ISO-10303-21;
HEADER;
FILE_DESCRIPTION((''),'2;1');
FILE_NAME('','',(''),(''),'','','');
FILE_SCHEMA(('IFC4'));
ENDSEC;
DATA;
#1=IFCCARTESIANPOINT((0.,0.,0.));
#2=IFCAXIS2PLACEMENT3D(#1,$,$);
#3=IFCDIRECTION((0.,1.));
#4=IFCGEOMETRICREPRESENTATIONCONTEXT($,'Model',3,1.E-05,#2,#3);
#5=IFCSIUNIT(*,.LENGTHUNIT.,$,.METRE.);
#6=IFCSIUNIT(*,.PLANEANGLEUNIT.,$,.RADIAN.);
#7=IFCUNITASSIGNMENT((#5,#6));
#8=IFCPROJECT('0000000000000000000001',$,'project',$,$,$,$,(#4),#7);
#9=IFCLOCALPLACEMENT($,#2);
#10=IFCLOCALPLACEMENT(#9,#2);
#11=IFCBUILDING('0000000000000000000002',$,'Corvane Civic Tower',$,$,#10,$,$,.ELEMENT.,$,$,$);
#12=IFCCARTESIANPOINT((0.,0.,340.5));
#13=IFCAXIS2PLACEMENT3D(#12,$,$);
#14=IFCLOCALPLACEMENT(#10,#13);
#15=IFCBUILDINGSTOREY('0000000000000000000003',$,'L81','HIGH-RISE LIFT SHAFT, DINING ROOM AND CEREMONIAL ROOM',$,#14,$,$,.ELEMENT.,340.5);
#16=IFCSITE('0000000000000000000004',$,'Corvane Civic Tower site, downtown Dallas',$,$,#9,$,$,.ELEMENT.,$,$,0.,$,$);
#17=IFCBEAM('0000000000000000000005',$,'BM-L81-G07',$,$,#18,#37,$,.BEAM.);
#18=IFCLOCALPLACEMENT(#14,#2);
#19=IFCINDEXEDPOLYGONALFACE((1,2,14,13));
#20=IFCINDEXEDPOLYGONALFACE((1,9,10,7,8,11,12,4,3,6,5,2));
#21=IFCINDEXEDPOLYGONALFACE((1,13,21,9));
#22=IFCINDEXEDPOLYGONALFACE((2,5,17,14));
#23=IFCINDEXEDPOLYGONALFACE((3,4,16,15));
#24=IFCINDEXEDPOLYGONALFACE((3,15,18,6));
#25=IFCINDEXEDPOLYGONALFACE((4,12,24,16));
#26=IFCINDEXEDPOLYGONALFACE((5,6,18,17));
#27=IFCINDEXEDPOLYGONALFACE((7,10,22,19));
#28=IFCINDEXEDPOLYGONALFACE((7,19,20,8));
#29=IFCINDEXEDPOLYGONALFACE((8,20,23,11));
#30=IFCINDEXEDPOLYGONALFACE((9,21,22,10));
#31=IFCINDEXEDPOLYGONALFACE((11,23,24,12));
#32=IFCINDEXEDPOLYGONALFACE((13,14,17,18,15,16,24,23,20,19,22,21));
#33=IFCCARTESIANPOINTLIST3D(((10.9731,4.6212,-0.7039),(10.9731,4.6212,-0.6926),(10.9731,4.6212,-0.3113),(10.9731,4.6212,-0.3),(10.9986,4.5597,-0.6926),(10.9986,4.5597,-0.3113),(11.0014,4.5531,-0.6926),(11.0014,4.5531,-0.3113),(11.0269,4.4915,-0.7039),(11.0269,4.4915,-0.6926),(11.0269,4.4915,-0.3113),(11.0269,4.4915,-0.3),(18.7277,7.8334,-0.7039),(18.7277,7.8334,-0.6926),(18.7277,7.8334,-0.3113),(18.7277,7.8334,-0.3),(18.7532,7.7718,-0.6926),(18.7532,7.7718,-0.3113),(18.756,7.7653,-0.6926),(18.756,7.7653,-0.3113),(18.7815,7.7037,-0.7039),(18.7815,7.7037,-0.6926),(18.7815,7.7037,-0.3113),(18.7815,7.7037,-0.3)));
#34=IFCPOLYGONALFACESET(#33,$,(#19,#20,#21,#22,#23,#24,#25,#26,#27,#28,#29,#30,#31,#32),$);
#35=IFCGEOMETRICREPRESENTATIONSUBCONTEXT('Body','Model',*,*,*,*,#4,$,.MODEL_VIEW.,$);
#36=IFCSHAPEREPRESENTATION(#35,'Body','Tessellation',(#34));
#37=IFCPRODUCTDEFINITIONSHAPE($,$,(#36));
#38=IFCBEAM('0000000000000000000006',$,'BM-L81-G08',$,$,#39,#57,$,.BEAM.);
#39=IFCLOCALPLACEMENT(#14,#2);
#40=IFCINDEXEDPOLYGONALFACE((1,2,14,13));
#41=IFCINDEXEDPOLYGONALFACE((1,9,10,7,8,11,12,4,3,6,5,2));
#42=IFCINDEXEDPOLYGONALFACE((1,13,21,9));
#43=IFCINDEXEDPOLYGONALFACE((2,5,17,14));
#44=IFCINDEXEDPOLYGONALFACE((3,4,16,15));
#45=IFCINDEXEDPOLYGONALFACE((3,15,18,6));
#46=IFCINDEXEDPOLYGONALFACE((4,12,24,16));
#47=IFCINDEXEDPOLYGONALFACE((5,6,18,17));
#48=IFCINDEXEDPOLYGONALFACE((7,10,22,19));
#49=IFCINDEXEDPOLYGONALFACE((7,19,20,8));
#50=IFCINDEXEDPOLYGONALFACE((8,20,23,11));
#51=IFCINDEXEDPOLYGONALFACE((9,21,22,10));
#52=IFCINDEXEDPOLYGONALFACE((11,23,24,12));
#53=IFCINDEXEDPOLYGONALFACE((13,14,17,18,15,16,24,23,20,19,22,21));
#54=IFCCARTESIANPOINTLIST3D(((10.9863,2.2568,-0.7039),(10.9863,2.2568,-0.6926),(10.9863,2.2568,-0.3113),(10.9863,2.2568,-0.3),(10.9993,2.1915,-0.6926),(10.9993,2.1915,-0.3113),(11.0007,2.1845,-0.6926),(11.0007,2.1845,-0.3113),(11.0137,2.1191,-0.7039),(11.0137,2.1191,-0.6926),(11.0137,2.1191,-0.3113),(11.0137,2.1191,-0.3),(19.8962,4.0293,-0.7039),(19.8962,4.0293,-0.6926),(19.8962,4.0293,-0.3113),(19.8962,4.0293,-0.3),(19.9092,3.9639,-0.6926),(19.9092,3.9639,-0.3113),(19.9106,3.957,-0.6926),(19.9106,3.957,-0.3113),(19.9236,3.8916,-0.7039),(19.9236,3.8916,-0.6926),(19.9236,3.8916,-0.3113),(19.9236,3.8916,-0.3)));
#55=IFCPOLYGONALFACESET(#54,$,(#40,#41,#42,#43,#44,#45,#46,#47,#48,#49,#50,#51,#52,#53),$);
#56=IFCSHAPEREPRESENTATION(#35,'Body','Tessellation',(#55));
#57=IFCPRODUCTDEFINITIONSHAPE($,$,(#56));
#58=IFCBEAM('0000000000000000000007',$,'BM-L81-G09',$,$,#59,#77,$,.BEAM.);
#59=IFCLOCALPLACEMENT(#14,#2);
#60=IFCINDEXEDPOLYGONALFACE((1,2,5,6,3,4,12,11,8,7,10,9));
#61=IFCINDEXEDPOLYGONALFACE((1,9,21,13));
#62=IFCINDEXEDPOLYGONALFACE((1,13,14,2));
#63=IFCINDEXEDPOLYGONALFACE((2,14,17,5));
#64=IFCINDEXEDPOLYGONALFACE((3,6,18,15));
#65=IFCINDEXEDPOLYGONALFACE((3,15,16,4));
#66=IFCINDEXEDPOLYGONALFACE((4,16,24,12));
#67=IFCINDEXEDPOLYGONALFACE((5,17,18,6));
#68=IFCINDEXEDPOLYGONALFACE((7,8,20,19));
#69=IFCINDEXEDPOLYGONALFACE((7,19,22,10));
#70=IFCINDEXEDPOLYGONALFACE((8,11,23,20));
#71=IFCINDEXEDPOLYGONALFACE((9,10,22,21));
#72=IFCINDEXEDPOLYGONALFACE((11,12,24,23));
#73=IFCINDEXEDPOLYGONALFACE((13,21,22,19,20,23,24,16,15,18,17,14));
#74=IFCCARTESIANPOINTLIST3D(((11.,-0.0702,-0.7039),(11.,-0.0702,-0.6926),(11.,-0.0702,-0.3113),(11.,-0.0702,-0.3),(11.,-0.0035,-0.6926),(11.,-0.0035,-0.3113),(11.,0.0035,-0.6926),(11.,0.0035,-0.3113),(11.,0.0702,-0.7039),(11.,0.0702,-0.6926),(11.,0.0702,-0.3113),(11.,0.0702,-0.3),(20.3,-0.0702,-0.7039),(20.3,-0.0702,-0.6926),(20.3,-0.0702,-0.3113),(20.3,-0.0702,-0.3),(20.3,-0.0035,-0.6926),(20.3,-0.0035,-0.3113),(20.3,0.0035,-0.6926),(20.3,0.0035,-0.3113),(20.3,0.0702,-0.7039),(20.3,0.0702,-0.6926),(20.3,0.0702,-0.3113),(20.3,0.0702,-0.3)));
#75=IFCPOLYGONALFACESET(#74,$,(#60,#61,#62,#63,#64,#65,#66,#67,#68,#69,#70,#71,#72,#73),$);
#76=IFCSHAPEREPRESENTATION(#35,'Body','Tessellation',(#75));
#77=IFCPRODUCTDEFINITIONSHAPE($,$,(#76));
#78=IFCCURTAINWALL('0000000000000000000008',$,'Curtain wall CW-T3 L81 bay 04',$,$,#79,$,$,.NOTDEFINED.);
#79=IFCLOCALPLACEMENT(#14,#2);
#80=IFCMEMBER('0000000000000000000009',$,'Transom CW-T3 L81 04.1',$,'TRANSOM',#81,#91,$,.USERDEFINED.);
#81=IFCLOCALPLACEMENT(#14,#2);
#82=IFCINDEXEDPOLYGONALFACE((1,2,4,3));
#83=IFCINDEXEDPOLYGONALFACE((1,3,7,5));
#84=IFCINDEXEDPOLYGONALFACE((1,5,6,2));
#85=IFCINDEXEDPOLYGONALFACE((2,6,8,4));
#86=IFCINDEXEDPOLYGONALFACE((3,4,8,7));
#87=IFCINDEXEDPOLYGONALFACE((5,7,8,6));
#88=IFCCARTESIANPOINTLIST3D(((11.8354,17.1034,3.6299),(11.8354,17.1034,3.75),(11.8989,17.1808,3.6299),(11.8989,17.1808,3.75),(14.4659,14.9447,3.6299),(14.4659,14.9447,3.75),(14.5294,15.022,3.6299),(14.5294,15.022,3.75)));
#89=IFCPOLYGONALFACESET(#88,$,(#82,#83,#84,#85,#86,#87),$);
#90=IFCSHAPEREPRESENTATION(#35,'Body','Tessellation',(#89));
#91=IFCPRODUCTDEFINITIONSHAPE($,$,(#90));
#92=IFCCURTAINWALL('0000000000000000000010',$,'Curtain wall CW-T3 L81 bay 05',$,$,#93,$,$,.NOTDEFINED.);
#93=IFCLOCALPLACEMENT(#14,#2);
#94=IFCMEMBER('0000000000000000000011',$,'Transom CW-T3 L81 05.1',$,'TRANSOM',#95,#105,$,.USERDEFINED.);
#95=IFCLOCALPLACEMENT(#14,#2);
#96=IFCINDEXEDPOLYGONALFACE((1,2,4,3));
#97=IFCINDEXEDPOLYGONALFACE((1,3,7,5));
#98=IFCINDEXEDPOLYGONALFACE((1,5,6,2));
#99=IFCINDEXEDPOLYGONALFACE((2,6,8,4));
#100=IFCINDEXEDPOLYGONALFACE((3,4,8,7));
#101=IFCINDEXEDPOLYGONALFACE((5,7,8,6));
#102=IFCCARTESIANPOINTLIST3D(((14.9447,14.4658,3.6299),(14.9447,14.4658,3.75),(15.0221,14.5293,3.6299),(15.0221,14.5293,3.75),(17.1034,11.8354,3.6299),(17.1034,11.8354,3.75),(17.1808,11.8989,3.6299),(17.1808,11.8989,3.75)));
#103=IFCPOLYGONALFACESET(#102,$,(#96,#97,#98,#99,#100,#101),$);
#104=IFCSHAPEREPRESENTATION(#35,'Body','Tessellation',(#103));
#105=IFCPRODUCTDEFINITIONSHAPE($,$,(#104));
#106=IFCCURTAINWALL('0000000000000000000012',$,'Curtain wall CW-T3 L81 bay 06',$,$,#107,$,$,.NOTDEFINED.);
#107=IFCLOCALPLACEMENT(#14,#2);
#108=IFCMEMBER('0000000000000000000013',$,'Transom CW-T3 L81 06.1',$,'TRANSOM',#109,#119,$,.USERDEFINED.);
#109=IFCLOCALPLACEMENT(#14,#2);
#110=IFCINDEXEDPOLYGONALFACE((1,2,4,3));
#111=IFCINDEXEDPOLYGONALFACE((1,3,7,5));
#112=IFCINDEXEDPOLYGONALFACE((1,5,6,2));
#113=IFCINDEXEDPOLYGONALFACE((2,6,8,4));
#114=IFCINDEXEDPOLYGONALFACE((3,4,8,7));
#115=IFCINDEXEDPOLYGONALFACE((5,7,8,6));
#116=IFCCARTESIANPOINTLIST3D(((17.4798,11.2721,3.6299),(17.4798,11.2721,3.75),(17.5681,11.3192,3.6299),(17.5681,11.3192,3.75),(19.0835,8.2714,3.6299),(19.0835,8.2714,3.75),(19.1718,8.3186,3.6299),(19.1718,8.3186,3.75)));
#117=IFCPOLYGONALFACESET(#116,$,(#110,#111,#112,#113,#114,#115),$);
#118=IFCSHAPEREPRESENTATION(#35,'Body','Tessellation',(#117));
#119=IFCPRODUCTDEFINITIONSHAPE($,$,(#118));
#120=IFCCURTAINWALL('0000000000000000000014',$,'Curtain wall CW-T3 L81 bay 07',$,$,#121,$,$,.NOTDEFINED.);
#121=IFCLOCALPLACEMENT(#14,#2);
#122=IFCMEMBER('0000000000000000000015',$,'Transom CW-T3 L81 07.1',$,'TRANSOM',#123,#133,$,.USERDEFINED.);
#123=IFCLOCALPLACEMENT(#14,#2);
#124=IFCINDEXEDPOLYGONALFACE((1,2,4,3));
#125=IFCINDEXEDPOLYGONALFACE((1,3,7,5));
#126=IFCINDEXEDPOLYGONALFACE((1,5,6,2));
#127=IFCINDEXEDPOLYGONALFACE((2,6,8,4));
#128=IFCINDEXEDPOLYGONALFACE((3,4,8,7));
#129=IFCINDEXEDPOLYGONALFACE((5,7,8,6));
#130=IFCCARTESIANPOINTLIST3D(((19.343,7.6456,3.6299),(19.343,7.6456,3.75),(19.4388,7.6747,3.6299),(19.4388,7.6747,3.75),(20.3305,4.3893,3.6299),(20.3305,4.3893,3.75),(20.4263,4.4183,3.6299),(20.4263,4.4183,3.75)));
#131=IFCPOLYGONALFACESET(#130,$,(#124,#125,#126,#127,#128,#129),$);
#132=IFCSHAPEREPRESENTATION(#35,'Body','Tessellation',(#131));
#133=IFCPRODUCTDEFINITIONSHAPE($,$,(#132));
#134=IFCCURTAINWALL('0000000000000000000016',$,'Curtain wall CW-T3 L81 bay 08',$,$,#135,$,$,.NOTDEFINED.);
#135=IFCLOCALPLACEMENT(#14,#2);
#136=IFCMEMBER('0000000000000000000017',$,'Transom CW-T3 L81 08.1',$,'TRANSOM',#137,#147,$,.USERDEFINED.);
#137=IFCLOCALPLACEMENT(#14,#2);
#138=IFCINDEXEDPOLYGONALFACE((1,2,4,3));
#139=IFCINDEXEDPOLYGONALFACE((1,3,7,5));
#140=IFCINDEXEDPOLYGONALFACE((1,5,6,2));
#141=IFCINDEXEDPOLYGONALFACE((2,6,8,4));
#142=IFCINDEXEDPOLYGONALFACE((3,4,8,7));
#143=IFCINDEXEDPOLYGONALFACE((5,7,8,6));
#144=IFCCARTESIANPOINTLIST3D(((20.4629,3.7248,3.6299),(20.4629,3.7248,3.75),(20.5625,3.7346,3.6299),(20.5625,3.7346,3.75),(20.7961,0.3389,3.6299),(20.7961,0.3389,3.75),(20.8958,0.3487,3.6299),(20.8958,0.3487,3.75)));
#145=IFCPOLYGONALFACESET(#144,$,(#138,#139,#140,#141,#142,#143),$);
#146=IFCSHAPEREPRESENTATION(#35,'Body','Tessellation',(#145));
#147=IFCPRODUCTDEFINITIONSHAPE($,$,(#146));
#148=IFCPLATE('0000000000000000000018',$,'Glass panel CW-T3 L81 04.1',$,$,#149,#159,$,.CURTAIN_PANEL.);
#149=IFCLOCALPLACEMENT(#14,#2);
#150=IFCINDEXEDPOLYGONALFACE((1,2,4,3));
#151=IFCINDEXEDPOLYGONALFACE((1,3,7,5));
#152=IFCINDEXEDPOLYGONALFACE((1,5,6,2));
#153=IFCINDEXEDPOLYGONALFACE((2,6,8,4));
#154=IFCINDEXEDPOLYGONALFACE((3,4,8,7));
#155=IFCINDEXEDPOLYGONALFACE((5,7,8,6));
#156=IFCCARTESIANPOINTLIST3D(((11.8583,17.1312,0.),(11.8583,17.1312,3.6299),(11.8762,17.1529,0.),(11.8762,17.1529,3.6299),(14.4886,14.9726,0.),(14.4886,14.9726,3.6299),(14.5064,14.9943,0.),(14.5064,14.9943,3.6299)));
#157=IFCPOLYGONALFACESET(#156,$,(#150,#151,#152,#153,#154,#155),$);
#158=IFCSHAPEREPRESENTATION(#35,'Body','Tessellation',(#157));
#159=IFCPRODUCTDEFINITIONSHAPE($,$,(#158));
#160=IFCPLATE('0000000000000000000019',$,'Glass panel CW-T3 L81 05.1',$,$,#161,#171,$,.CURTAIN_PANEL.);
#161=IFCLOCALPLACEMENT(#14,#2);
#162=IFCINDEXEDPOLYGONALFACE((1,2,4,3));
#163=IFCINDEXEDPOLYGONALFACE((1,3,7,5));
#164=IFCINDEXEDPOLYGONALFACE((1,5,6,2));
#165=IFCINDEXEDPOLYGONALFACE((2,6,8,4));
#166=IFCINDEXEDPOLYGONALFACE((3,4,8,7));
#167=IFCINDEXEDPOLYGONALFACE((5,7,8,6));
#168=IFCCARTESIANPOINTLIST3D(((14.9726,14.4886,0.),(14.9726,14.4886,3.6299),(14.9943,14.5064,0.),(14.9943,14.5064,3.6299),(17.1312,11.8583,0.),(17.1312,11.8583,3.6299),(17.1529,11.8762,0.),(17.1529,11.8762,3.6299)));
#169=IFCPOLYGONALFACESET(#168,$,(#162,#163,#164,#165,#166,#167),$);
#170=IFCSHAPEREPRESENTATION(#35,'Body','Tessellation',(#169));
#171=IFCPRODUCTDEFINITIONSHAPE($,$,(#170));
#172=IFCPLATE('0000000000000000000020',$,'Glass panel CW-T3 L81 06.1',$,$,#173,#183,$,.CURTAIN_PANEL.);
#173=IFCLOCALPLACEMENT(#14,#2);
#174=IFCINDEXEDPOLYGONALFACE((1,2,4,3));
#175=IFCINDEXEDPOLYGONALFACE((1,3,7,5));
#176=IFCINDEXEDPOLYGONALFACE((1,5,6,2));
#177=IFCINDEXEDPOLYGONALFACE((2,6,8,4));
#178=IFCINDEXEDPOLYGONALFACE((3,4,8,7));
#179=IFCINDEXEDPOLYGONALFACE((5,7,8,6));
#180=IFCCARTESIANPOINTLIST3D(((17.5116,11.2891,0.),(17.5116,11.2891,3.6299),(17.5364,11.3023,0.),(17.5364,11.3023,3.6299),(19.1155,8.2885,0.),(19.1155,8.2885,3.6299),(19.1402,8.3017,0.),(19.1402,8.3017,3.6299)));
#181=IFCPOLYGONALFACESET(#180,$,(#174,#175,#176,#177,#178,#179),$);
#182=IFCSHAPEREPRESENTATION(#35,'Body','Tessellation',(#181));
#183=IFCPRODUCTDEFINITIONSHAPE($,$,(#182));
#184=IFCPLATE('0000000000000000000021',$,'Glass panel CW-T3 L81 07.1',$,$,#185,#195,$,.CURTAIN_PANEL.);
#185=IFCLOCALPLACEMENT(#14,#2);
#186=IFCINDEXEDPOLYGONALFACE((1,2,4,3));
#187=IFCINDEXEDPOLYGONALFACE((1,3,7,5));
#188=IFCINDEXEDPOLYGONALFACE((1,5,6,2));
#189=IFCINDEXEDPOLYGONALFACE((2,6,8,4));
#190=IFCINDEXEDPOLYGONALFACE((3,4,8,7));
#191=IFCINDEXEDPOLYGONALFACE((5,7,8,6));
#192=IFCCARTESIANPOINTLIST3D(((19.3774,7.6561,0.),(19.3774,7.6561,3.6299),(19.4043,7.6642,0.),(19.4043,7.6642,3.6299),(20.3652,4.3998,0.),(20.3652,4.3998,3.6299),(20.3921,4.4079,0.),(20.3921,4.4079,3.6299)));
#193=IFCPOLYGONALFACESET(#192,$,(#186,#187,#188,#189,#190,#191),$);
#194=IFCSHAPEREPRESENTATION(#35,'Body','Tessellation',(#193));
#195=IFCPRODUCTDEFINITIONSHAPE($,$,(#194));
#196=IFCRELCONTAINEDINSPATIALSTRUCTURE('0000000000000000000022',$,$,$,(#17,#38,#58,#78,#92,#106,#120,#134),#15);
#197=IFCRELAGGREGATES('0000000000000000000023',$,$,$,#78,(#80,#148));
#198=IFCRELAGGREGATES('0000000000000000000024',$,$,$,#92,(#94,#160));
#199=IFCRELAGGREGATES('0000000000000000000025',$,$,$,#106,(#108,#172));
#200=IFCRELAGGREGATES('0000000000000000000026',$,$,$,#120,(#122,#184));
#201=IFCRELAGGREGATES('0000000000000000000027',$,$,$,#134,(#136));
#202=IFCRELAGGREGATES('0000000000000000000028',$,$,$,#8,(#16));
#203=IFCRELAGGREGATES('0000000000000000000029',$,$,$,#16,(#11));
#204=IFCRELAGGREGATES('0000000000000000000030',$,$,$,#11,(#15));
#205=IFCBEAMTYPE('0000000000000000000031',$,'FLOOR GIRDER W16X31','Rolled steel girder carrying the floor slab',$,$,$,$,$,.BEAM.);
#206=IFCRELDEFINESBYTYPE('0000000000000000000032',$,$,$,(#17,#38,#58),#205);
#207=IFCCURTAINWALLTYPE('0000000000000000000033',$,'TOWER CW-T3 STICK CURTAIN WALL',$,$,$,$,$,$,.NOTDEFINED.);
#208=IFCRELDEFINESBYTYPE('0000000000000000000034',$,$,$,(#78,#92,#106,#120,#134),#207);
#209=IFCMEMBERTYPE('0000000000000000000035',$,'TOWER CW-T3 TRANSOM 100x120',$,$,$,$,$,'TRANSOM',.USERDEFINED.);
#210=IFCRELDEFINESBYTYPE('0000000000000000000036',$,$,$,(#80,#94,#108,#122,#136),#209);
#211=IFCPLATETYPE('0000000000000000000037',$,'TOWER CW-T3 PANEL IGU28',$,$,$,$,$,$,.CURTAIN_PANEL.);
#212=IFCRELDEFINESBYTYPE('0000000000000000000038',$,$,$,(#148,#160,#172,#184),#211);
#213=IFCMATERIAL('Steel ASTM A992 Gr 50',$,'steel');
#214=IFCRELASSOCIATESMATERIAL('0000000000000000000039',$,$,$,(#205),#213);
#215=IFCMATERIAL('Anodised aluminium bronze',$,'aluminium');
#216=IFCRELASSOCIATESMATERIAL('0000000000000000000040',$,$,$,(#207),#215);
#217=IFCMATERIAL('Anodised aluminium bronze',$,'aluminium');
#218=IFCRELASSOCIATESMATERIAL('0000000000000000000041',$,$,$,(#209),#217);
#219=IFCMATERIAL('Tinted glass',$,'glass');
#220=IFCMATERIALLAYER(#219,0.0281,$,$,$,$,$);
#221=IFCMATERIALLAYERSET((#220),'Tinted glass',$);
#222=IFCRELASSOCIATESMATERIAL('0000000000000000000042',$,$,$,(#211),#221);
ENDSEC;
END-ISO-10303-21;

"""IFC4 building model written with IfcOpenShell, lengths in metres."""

from ifc_helpers import new_model, si_unit, direction, frame, origin, origin_2d, place, context, subcontext, project, spatial, rectangle, i_section, extrude, material, layer, layer_set, material_profile, profile_set, type_object, element, aggregate, save


model = new_model("IFC4")

# Units and contexts
model_context = context("Model", 3, precision=1e-05, world=origin(), true_north=direction((0.0, 1.0)))
body_context = subcontext(model_context, "Body", "Model", "MODEL_VIEW")
ifc_project = project(units=[si_unit("LENGTHUNIT", "METRE"), si_unit("PLANEANGLEUNIT", "RADIAN")], contexts=[model_context])

# Site, building, storey
site_placement = place(None, origin())
site = spatial("IfcSite", under=ifc_project, at=site_placement, Name="Corvane Civic Tower site, downtown Dallas", CompositionType="ELEMENT", RefElevation=0.0)
building_placement = place(site_placement, origin())
building = spatial("IfcBuilding", under=site, at=building_placement, Name="Corvane Civic Tower", CompositionType="ELEMENT")
storey_placement = place(building_placement, frame((0.0, 0.0, 340.5)))
storey = spatial("IfcBuildingStorey", under=building, at=storey_placement, Name="L81", Description="HIGH-RISE LIFT SHAFT, DINING ROOM AND CEREMONIAL ROOM", CompositionType="ELEMENT", Elevation=340.5)

# Beams
ifc_material_1 = material(Name="Steel ASTM A992 Gr 50", Category="steel")
ifc_material_profile_1 = material_profile(ifc_material_1, i_section(OverallWidth=0.1404, OverallDepth=0.4038, WebThickness=0.0071, FlangeThickness=0.0112, at=origin_2d()), Name="W16X31")
ifc_profile_set_1 = profile_set([ifc_material_profile_1], Name="Steel ASTM A992 Gr 50")
beam_type_1 = type_object("IfcBeamType", Name="FLOOR GIRDER W16X31", Description="Rolled steel girder carrying the floor slab", PredefinedType="BEAM", material=ifc_profile_set_1)
beam_1_placement = place(storey_placement, frame((11.0, 4.5564, -0.502), z_axis=(0.923876, 0.382692, 0.0), x_axis=(-0.382692, 0.923876, 0.0)))
element("IfcBeam", 1, at=beam_1_placement, inside=storey, type_object=beam_type_1, Name="BM-L81-G07", PredefinedType="BEAM", context=body_context, shape_type="SweptSolid", body=[
    extrude(i_section(OverallWidth=0.1404, OverallDepth=0.4038, WebThickness=0.0071, FlangeThickness=0.0112, at=origin_2d()), origin(), (0.0, 0.0, 1.0), 8.3936),
])
beam_2_placement = place(storey_placement, frame((11.0, 2.188, -0.502), z_axis=(0.980782, 0.195108, 0.0), x_axis=(-0.195108, 0.980782, 0.0)))
element("IfcBeam", 2, at=beam_2_placement, inside=storey, type_object=beam_type_1, Name="BM-L81-G08", PredefinedType="BEAM", context=body_context, shape_type="SweptSolid", body=[
    extrude(i_section(OverallWidth=0.1404, OverallDepth=0.4038, WebThickness=0.0071, FlangeThickness=0.0112, at=origin_2d()), origin(), (0.0, 0.0, 1.0), 9.0845),
])
beam_3_placement = place(storey_placement, frame((11.0, 0.0, -0.502), z_axis=(1.0, 0.0, 0.0), x_axis=(0.0, 1.0, 0.0)))
element("IfcBeam", 3, at=beam_3_placement, inside=storey, type_object=beam_type_1, Name="BM-L81-G09", PredefinedType="BEAM", context=body_context, shape_type="SweptSolid", body=[
    extrude(i_section(OverallWidth=0.1404, OverallDepth=0.4038, WebThickness=0.0071, FlangeThickness=0.0112, at=origin_2d()), origin(), (0.0, 0.0, 1.0), 9.3),
])

# Curtain walls, members
ifc_material_2 = material(Name="Anodised aluminium bronze", Category="aluminium")
curtain_wall_type = type_object("IfcCurtainWallType", Name="TOWER CW-T3 STICK CURTAIN WALL", PredefinedType="NOTDEFINED", material=ifc_material_2)
curtain_wall_1_placement = place(storey_placement, origin())
curtain_wall_1 = element("IfcCurtainWall", 4, at=curtain_wall_1_placement, inside=storey, type_object=curtain_wall_type, Name="Curtain wall CW-T3 L81 bay 04", PredefinedType="NOTDEFINED")
ifc_material_3 = material(Name="Anodised aluminium bronze", Category="aluminium")
ifc_material_profile_2 = material_profile(ifc_material_3, rectangle(XDim=0.1001, YDim=0.1201, at=origin_2d()), Name="TOWER CW-T3 TRANSOM 100x120")
ifc_profile_set_2 = profile_set([ifc_material_profile_2], Name="Anodised aluminium bronze")
member_type = type_object("IfcMemberType", Name="TOWER CW-T3 TRANSOM 100x120", ElementType="TRANSOM", PredefinedType="USERDEFINED", material=ifc_profile_set_2)
member_1_placement = place(storey_placement, frame((11.8672, 17.1421, 3.6899), z_axis=(0.77301, -0.634394, 0.0), x_axis=(0.634394, 0.77301, 0.0)))
member_1 = element("IfcMember", 5, at=member_1_placement, type_object=member_type, Name="Transom CW-T3 L81 04.1", ObjectType="TRANSOM", PredefinedType="USERDEFINED", context=body_context, shape_type="SweptSolid", body=[
    extrude(rectangle(XDim=0.1001, YDim=0.1201, at=origin_2d()), origin(), (0.0, 0.0, 1.0), 3.4028),
])
curtain_wall_2_placement = place(storey_placement, origin())
curtain_wall_2 = element("IfcCurtainWall", 6, at=curtain_wall_2_placement, inside=storey, type_object=curtain_wall_type, Name="Curtain wall CW-T3 L81 bay 05", PredefinedType="NOTDEFINED")
member_2_placement = place(storey_placement, frame((14.9834, 14.4976, 3.6899), z_axis=(0.634394, -0.77301, 0.0), x_axis=(0.77301, 0.634394, 0.0)))
member_2 = element("IfcMember", 7, at=member_2_placement, type_object=member_type, Name="Transom CW-T3 L81 05.1", ObjectType="TRANSOM", PredefinedType="USERDEFINED", context=body_context, shape_type="SweptSolid", body=[
    extrude(rectangle(XDim=0.1001, YDim=0.1201, at=origin_2d()), origin(), (0.0, 0.0, 1.0), 3.4028),
])
curtain_wall_3_placement = place(storey_placement, origin())
curtain_wall_3 = element("IfcCurtainWall", 8, at=curtain_wall_3_placement, inside=storey, type_object=curtain_wall_type, Name="Curtain wall CW-T3 L81 bay 06", PredefinedType="NOTDEFINED")
member_3_placement = place(storey_placement, frame((17.5239, 11.2957, 3.6899), z_axis=(0.471359, -0.881941, 0.0), x_axis=(0.881941, 0.471359, 0.0)))
member_3 = element("IfcMember", 9, at=member_3_placement, type_object=member_type, Name="Transom CW-T3 L81 06.1", ObjectType="TRANSOM", PredefinedType="USERDEFINED", context=body_context, shape_type="SweptSolid", body=[
    extrude(rectangle(XDim=0.1001, YDim=0.1201, at=origin_2d()), origin(), (0.0, 0.0, 1.0), 3.4023),
])
curtain_wall_4_placement = place(storey_placement, origin())
curtain_wall_4 = element("IfcCurtainWall", 10, at=curtain_wall_4_placement, inside=storey, type_object=curtain_wall_type, Name="Curtain wall CW-T3 L81 bay 07", PredefinedType="NOTDEFINED")
member_4_placement = place(storey_placement, frame((19.3909, 7.6602, 3.6899), z_axis=(0.290216, -0.956961, 0.0), x_axis=(0.956961, 0.290216, 0.0)))
member_4 = element("IfcMember", 11, at=member_4_placement, type_object=member_type, Name="Transom CW-T3 L81 07.1", ObjectType="TRANSOM", PredefinedType="USERDEFINED", context=body_context, shape_type="SweptSolid", body=[
    extrude(rectangle(XDim=0.1001, YDim=0.1201, at=origin_2d()), origin(), (0.0, 0.0, 1.0), 3.4028),
])
curtain_wall_5_placement = place(storey_placement, origin())
curtain_wall_5 = element("IfcCurtainWall", 12, at=curtain_wall_5_placement, inside=storey, type_object=curtain_wall_type, Name="Curtain wall CW-T3 L81 bay 08", PredefinedType="NOTDEFINED")
member_5_placement = place(storey_placement, frame((20.5127, 3.7297, 3.6899), z_axis=(0.097948, -0.995192, 0.0), x_axis=(0.995192, 0.097948, 0.0)))
member_5 = element("IfcMember", 13, at=member_5_placement, type_object=member_type, Name="Transom CW-T3 L81 08.1", ObjectType="TRANSOM", PredefinedType="USERDEFINED", context=body_context, shape_type="SweptSolid", body=[
    extrude(rectangle(XDim=0.1001, YDim=0.1201, at=origin_2d()), origin(), (0.0, 0.0, 1.0), 3.4023),
])

# Plates
ifc_material_4 = material(Name="Tinted glass", Category="glass")
ifc_layer_1 = layer(ifc_material_4, 0.0281)
ifc_layer_set_1 = layer_set([ifc_layer_1], Name="Tinted glass")
plate_type = type_object("IfcPlateType", Name="TOWER CW-T3 PANEL IGU28", PredefinedType="CURTAIN_PANEL", material=ifc_layer_set_1)
plate_1_placement = place(storey_placement, frame((13.1824, 16.0627, 0.0), z_axis=(0.0, 0.0, 1.0), x_axis=(0.77301, -0.634393, 0.0)))
plate_1 = element("IfcPlate", 14, at=plate_1_placement, type_object=plate_type, Name="Glass panel CW-T3 L81 04.1", PredefinedType="CURTAIN_PANEL", context=body_context, shape_type="SweptSolid", body=[
    extrude(rectangle(XDim=3.4026, YDim=0.0281, at=origin_2d()), origin(), (0.0, 0.0, 1.0), 3.6299),
])
aggregate(curtain_wall_1, [member_1, plate_1])
plate_2_placement = place(storey_placement, frame((16.0627, 13.1824, 0.0), z_axis=(0.0, 0.0, 1.0), x_axis=(0.634393, -0.77301, 0.0)))
plate_2 = element("IfcPlate", 15, at=plate_2_placement, type_object=plate_type, Name="Glass panel CW-T3 L81 05.1", PredefinedType="CURTAIN_PANEL", context=body_context, shape_type="SweptSolid", body=[
    extrude(rectangle(XDim=3.4026, YDim=0.0281, at=origin_2d()), origin(), (0.0, 0.0, 1.0), 3.6299),
])
aggregate(curtain_wall_2, [member_2, plate_2])
plate_3_placement = place(storey_placement, frame((18.3259, 9.7954, 0.0), z_axis=(0.0, 0.0, 1.0), x_axis=(0.471384, -0.881928, 0.0)))
plate_3 = element("IfcPlate", 16, at=plate_3_placement, type_object=plate_type, Name="Glass panel CW-T3 L81 06.1", PredefinedType="CURTAIN_PANEL", context=body_context, shape_type="SweptSolid", body=[
    extrude(rectangle(XDim=3.4023, YDim=0.0281, at=origin_2d()), origin(), (0.0, 0.0, 1.0), 3.6299),
])
aggregate(curtain_wall_3, [member_3, plate_3])
plate_4_placement = place(storey_placement, frame((19.8848, 6.032, 0.0), z_axis=(0.0, 0.0, 1.0), x_axis=(0.29029, -0.956939, 0.0)))
plate_4 = element("IfcPlate", 17, at=plate_4_placement, type_object=plate_type, Name="Glass panel CW-T3 L81 07.1", PredefinedType="CURTAIN_PANEL", context=body_context, shape_type="SweptSolid", body=[
    extrude(rectangle(XDim=3.4028, YDim=0.0281, at=origin_2d()), origin(), (0.0, 0.0, 1.0), 3.6299),
])
aggregate(curtain_wall_4, [member_4, plate_4])
aggregate(curtain_wall_5, [member_5])

save(model, "model.ifc")
